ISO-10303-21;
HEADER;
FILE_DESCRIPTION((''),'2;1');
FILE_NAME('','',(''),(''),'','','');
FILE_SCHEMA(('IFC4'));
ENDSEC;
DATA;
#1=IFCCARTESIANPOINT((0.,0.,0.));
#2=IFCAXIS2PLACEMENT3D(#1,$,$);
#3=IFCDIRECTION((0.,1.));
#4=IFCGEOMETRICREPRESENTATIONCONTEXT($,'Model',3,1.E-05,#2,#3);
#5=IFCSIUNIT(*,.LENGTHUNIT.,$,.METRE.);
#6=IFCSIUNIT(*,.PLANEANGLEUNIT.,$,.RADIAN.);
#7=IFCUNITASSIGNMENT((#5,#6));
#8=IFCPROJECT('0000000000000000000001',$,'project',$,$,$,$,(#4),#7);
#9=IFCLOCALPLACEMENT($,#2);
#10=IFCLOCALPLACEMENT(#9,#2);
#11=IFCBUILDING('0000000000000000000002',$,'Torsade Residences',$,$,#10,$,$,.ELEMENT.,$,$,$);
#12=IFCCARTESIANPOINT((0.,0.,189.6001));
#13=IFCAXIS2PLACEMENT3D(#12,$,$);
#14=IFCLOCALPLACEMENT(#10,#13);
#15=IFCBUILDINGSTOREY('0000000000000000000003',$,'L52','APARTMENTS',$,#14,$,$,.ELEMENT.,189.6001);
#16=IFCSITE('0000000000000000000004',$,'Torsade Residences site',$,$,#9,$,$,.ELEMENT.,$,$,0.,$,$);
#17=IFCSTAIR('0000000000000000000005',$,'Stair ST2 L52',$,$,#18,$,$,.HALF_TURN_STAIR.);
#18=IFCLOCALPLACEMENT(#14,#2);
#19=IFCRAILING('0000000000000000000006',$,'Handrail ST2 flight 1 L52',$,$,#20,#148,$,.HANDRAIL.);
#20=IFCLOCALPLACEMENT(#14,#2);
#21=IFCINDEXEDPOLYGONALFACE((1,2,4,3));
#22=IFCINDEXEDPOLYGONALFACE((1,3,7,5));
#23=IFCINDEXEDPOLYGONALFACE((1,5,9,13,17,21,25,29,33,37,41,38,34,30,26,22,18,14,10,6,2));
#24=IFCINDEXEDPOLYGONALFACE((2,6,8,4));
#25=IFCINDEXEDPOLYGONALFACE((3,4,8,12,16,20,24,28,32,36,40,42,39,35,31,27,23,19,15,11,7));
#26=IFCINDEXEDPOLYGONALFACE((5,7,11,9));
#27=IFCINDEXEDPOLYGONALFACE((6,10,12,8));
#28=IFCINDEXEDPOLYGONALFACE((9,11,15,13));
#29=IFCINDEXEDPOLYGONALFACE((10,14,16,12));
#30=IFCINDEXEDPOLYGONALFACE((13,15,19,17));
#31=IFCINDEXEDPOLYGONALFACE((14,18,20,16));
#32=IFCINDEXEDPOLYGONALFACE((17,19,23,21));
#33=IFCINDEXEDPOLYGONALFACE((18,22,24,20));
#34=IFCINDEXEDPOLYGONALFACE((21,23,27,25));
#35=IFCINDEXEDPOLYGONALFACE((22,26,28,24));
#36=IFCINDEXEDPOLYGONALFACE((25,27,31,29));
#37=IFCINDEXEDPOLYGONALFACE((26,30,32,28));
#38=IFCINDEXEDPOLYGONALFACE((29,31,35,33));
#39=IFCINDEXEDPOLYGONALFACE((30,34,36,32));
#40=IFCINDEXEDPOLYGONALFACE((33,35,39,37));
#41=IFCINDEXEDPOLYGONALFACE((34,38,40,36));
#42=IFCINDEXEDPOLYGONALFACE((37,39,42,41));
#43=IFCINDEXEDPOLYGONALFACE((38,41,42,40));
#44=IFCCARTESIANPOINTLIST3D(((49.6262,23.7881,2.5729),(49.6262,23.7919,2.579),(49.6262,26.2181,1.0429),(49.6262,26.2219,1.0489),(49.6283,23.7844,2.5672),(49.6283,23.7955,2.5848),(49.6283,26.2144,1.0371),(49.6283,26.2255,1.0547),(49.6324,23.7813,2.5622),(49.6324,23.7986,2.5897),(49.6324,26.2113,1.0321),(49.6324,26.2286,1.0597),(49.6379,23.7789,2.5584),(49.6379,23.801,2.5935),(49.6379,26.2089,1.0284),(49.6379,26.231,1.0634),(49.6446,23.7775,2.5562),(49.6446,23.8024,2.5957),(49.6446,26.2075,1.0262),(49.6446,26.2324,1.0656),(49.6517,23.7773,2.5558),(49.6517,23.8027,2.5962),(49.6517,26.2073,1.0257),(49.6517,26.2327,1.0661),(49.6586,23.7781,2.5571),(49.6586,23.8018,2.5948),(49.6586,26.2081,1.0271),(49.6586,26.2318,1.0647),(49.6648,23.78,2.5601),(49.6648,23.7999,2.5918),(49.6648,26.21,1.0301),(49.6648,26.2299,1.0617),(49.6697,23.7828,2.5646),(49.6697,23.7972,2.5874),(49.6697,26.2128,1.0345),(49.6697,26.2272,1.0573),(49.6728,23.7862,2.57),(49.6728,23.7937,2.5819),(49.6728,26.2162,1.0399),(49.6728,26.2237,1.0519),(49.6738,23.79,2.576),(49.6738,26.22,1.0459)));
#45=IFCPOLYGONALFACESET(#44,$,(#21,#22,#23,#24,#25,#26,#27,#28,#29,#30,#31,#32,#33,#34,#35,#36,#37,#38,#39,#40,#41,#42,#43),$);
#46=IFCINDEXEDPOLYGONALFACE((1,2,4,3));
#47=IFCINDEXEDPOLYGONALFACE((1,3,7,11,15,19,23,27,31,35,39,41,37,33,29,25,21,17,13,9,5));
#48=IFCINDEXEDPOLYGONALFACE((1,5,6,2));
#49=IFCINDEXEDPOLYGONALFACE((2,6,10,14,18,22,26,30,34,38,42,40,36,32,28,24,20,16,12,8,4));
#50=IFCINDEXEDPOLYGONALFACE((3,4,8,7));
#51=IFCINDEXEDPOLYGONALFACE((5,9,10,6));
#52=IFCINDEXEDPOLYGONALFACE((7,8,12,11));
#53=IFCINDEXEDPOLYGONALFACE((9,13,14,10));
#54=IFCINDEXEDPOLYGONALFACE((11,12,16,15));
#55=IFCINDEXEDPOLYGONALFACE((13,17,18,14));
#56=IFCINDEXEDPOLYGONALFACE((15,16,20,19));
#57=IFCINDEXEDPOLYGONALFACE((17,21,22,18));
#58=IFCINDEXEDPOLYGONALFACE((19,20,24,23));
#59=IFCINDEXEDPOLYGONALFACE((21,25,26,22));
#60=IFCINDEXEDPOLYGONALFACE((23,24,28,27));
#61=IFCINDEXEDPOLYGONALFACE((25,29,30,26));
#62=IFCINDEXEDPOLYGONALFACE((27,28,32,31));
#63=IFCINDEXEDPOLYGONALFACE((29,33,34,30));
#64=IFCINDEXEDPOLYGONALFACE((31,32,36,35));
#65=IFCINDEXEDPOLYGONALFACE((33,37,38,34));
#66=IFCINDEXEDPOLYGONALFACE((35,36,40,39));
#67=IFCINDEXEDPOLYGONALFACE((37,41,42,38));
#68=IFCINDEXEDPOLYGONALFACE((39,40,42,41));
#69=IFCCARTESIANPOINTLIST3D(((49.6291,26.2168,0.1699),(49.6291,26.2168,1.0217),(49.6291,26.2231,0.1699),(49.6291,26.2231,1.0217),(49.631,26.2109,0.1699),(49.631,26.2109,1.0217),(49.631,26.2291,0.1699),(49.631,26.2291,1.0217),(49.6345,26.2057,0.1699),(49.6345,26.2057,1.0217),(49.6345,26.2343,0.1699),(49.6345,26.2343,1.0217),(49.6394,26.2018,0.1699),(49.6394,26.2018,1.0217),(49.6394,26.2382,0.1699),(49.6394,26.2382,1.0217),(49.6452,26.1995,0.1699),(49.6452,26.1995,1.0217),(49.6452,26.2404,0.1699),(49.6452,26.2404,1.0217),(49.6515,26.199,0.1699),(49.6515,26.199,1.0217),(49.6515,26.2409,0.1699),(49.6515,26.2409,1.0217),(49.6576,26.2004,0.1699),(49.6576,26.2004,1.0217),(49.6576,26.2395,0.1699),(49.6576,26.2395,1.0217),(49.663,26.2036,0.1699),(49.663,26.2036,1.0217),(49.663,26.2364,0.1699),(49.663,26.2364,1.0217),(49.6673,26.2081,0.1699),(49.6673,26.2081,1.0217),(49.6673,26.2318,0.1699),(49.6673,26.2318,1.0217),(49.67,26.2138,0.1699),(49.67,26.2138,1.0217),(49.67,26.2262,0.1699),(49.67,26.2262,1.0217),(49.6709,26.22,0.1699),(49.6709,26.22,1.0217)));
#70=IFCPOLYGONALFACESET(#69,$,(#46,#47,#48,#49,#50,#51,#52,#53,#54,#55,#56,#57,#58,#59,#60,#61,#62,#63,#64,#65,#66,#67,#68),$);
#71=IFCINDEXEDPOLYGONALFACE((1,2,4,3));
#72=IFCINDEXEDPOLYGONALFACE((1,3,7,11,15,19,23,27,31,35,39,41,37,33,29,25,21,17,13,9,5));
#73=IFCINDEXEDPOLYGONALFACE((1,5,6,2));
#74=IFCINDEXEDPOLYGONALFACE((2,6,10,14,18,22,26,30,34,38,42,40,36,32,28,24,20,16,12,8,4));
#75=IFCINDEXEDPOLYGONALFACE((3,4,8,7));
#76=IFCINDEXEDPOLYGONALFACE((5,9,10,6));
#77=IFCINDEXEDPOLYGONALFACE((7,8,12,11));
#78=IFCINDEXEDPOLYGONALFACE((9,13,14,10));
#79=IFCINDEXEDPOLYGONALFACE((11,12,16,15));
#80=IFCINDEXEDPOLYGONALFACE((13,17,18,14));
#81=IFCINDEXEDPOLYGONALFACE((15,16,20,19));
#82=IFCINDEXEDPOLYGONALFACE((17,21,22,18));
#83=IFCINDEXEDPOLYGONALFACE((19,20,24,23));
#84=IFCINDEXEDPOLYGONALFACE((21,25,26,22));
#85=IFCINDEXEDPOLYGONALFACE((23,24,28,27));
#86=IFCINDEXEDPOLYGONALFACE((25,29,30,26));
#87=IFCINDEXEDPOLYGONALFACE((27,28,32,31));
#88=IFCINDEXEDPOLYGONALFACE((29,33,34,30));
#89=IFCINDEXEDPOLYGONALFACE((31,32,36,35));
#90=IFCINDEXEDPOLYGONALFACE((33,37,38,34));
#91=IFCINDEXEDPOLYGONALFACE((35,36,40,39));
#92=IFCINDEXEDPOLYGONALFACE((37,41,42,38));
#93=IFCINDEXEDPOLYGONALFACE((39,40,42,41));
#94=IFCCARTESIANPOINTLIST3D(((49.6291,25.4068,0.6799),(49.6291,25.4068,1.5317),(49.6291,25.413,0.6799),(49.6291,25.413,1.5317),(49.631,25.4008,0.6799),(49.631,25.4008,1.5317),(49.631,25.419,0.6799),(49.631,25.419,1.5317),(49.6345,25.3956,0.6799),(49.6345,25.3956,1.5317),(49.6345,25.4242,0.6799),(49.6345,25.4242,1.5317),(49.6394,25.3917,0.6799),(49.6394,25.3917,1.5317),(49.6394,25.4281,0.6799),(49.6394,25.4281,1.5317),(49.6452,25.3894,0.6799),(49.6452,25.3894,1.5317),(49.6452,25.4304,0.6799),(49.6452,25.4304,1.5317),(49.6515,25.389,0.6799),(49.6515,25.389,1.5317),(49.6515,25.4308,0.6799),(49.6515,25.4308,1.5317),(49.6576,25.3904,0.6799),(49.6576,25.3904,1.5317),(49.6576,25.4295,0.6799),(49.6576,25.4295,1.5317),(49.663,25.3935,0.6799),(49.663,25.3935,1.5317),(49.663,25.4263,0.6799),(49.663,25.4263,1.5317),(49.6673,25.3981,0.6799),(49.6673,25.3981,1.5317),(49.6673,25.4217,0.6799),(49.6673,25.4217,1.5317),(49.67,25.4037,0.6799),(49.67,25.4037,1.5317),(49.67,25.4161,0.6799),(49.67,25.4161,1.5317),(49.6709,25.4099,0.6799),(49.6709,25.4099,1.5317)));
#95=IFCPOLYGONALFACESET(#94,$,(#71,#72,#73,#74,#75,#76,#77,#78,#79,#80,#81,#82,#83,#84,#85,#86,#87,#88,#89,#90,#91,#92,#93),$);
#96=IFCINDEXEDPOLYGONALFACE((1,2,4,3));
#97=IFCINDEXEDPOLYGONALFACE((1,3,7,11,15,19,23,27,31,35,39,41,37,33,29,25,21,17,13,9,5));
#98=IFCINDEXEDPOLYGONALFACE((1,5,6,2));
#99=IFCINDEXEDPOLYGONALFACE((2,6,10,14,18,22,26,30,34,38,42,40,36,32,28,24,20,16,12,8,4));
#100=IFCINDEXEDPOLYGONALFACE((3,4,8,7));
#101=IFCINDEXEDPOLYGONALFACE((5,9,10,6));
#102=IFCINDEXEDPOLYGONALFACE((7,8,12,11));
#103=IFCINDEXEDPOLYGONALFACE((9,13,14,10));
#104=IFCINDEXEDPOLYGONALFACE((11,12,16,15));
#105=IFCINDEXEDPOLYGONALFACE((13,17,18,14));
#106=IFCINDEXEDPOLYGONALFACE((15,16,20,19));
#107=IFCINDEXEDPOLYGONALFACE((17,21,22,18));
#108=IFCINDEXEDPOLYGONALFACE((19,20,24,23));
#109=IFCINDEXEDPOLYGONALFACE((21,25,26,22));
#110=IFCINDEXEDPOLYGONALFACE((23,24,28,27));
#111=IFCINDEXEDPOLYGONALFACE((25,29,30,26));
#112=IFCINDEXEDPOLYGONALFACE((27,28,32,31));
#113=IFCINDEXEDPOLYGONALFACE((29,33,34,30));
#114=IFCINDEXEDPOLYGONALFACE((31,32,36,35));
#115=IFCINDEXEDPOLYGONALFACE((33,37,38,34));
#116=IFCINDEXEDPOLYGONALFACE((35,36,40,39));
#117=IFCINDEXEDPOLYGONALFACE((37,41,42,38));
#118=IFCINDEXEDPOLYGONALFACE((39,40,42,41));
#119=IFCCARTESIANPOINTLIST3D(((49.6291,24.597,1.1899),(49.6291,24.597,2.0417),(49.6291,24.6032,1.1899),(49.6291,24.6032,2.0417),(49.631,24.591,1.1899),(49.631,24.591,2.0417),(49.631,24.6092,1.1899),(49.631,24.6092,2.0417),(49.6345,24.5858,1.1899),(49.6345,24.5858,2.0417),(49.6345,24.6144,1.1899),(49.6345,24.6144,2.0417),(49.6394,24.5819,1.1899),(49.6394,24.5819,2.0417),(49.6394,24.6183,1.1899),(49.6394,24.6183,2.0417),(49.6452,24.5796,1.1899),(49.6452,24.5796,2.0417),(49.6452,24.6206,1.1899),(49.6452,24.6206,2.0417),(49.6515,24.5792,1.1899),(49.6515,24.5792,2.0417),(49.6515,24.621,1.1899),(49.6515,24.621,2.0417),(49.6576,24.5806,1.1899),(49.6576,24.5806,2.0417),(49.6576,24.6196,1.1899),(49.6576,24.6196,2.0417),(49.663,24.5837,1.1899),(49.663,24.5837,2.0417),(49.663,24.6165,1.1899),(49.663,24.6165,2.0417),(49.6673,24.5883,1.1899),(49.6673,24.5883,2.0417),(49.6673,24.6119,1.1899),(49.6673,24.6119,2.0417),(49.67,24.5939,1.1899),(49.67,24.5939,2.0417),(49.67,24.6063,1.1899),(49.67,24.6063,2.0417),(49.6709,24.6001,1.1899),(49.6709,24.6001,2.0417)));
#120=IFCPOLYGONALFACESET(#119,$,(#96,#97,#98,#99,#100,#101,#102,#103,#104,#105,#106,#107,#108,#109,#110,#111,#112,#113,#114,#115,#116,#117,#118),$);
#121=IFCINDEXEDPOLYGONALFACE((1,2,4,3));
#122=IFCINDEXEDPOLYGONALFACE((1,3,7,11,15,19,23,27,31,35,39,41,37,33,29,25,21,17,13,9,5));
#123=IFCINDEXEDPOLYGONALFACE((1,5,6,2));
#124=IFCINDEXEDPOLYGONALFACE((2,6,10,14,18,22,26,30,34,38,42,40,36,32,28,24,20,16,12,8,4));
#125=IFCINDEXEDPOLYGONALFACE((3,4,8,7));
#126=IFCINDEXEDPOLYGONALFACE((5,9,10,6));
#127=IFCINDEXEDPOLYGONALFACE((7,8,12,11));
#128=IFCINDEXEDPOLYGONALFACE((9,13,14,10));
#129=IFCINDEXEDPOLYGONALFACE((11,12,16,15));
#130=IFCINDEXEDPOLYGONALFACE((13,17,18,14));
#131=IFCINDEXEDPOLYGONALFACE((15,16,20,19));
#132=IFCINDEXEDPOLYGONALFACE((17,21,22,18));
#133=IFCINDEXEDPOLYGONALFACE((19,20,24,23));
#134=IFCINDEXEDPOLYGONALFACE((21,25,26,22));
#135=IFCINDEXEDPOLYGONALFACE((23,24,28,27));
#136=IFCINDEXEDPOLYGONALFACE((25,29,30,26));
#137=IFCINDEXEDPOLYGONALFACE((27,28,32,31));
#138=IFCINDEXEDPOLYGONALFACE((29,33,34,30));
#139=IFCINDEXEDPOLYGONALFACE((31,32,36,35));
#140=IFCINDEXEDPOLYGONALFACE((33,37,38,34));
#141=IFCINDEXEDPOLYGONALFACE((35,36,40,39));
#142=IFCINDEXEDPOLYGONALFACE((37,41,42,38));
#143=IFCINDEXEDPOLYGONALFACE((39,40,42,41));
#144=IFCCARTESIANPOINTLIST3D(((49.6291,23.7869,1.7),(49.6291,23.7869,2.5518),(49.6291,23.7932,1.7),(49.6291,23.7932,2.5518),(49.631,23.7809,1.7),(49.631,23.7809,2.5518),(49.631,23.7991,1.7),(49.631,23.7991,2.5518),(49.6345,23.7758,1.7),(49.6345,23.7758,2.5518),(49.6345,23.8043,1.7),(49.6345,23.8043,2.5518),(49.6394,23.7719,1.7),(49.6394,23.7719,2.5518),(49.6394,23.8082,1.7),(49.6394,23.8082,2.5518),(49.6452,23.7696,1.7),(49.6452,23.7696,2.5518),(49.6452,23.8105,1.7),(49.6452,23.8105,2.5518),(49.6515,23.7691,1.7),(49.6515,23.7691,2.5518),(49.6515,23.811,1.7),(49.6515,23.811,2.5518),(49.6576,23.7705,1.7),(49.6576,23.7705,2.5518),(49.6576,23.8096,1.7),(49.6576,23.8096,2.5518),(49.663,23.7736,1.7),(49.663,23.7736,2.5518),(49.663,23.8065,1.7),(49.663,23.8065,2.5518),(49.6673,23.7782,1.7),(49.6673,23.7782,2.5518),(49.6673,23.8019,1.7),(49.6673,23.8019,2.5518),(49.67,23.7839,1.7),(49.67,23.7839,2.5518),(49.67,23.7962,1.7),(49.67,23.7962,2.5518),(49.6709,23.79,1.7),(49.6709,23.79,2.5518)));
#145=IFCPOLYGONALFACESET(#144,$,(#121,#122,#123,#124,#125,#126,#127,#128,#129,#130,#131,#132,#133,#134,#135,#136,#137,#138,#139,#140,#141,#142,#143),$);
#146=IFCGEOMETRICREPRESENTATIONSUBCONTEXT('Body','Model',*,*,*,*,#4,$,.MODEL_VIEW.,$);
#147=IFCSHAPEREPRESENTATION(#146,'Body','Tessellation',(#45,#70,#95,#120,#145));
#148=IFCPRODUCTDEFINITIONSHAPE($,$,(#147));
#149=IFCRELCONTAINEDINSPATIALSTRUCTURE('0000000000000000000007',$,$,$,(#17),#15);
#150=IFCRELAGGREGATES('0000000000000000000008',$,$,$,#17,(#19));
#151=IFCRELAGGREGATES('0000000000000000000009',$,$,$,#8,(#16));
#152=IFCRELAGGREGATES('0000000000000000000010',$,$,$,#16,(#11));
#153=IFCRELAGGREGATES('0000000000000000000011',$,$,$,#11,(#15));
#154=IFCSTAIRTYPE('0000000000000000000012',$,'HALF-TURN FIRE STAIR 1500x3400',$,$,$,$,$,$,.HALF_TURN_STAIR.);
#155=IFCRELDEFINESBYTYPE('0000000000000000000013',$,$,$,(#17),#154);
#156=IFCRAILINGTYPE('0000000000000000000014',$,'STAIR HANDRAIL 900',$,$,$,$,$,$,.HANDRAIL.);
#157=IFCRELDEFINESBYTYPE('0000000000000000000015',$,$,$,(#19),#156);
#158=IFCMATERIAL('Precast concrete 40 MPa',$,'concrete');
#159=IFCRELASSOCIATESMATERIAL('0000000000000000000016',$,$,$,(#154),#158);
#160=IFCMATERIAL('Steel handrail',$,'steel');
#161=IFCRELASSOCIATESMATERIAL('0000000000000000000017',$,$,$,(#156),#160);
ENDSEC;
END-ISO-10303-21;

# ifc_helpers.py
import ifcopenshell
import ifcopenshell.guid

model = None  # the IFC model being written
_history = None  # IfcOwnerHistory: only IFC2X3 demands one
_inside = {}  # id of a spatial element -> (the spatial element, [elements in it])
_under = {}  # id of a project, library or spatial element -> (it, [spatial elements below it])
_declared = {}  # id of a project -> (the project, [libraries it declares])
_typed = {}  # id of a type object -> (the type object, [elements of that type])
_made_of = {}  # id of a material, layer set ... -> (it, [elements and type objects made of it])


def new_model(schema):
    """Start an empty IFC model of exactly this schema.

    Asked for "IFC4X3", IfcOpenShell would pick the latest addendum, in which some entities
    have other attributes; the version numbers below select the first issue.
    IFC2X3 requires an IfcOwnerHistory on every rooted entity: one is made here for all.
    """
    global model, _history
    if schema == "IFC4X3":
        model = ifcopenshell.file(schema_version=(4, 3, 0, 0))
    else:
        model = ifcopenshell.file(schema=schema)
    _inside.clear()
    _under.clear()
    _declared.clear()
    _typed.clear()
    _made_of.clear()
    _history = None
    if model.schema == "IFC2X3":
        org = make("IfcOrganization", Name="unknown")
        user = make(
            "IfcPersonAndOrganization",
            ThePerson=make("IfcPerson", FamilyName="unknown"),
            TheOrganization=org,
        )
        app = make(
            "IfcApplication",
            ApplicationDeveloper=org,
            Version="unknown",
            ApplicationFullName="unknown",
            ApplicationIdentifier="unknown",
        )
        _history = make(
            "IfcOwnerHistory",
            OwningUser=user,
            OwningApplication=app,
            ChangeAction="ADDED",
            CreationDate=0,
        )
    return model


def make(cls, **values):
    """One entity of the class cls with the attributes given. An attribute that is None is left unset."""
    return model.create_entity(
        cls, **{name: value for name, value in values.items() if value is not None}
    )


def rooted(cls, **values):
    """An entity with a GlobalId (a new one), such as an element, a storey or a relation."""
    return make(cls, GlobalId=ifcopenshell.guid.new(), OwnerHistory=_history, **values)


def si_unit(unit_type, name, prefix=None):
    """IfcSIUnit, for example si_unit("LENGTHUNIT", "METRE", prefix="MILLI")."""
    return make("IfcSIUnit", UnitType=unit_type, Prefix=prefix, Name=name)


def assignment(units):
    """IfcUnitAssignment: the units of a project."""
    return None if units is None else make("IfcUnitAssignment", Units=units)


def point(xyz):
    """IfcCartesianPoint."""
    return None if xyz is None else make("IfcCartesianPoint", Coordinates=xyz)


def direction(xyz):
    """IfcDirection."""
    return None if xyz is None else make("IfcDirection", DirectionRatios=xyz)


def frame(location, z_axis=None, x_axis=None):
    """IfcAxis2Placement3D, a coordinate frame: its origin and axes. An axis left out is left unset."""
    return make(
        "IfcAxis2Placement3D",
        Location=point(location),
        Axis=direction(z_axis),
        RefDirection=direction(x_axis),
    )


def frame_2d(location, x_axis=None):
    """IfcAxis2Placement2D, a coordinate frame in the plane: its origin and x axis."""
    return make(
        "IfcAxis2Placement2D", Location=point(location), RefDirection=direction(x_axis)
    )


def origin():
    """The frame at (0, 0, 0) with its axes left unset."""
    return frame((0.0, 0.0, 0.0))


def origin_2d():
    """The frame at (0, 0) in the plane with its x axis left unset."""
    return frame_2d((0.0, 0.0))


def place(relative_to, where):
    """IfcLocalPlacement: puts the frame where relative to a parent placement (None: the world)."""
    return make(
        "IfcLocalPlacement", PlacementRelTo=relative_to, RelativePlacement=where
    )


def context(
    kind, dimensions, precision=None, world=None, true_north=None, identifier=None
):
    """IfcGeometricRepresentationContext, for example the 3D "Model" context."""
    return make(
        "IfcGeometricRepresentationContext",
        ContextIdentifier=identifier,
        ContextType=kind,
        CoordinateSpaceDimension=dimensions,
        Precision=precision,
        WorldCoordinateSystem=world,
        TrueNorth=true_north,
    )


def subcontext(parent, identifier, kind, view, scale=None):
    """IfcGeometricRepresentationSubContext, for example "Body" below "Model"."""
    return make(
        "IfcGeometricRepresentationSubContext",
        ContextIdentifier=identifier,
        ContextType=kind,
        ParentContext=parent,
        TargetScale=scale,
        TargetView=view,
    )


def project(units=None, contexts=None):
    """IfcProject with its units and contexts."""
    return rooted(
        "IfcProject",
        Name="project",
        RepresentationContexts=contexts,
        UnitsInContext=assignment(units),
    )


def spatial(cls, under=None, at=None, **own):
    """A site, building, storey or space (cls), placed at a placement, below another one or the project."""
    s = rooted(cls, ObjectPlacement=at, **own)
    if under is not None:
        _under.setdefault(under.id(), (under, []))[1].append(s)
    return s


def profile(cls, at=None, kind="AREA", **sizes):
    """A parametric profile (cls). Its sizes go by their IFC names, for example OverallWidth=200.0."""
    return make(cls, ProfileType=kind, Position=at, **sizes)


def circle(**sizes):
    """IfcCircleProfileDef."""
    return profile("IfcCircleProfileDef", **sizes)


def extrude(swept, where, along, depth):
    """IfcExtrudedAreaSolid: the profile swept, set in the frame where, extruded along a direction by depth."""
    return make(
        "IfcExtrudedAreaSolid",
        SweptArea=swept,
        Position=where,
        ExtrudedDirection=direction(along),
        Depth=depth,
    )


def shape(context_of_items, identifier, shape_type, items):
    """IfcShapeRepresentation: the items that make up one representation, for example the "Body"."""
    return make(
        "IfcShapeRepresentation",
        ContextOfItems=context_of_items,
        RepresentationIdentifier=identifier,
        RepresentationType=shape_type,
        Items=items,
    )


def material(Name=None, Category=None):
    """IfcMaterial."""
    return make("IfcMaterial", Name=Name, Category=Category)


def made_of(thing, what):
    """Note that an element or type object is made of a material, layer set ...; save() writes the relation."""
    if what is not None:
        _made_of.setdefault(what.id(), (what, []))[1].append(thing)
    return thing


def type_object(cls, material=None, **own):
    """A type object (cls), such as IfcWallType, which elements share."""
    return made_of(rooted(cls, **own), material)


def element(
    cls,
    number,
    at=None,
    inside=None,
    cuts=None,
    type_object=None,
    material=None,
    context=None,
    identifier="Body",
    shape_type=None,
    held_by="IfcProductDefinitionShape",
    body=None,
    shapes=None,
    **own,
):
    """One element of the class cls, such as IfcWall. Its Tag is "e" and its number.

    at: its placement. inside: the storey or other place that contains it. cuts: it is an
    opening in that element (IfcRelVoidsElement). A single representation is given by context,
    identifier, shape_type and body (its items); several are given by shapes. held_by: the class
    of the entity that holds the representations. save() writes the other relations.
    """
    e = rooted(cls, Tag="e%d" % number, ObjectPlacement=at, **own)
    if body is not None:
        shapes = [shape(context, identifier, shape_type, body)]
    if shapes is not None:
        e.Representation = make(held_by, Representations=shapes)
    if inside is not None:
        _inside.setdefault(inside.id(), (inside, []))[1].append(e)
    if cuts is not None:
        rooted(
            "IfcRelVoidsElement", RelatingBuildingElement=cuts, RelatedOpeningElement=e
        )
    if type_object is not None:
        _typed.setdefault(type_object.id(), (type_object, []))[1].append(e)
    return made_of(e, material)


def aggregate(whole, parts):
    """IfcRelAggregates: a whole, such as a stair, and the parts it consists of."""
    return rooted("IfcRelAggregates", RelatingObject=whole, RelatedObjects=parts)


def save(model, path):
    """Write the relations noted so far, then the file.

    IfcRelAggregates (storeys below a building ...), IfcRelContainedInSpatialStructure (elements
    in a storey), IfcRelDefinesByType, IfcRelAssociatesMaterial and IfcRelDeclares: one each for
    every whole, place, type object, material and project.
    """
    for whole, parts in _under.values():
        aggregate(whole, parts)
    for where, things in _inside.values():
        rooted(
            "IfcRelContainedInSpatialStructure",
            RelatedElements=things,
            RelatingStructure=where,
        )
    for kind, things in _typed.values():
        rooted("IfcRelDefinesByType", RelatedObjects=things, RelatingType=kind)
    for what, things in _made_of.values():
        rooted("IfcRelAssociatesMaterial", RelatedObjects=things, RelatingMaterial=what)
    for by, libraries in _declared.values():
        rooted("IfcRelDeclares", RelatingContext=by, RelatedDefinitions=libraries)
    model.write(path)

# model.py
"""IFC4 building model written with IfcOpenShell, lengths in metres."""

from ifc_helpers import new_model, si_unit, direction, frame, origin, origin_2d, place, context, subcontext, project, spatial, circle, extrude, material, type_object, element, aggregate, save


model = new_model("IFC4")

# Units and contexts
model_context = context("Model", 3, precision=1e-05, world=origin(), true_north=direction((0.0, 1.0)))
body_context = subcontext(model_context, "Body", "Model", "MODEL_VIEW")
ifc_project = project(units=[si_unit("LENGTHUNIT", "METRE"), si_unit("PLANEANGLEUNIT", "RADIAN")], contexts=[model_context])

# Site, building, storey
site_placement = place(None, origin())
site = spatial("IfcSite", under=ifc_project, at=site_placement, Name="Torsade Residences site", CompositionType="ELEMENT", RefElevation=0.0)
building_placement = place(site_placement, origin())
building = spatial("IfcBuilding", under=site, at=building_placement, Name="Torsade Residences", CompositionType="ELEMENT")
storey_placement = place(building_placement, frame((0.0, 0.0, 189.6001)))
storey = spatial("IfcBuildingStorey", under=building, at=storey_placement, Name="L52", Description="APARTMENTS", CompositionType="ELEMENT", Elevation=189.6001)

# Stair, railing
ifc_material_1 = material(Name="Precast concrete 40 MPa", Category="concrete")
stair_type = type_object("IfcStairType", Name="HALF-TURN FIRE STAIR 1500x3400", PredefinedType="HALF_TURN_STAIR", material=ifc_material_1)
stair_placement = place(storey_placement, origin())
stair = element("IfcStair", 1, at=stair_placement, inside=storey, type_object=stair_type, Name="Stair ST2 L52", PredefinedType="HALF_TURN_STAIR")
ifc_material_2 = material(Name="Steel handrail", Category="steel")
railing_type = type_object("IfcRailingType", Name="STAIR HANDRAIL 900", PredefinedType="HANDRAIL", material=ifc_material_2)
railing_1_placement = place(storey_placement, frame((49.6499, 26.22, 0.1699)))
railing_1 = element("IfcRailing", 2, at=railing_1_placement, type_object=railing_type, Name="Handrail ST2 flight 1 L52", PredefinedType="HANDRAIL", context=body_context, shape_type="SweptSolid", body=[
    extrude(circle(Radius=0.0239, at=origin_2d()), frame((0.0, 0.0, 0.876), z_axis=(0.0, -0.846221, 0.532831), x_axis=(1.0, 0.0, 0.0)), (0.0, 0.0, 1.0), 2.8716),
    extrude(circle(Radius=0.021, at=origin_2d()), origin(), (0.0, 0.0, 1.0), 0.8518),
    extrude(circle(Radius=0.021, at=origin_2d()), frame((0.0, -0.8101, 0.51)), (0.0, 0.0, 1.0), 0.8518),
    extrude(circle(Radius=0.021, at=origin_2d()), frame((0.0, -1.6199, 1.02)), (0.0, 0.0, 1.0), 0.8518),
    extrude(circle(Radius=0.021, at=origin_2d()), frame((0.0, -2.4299, 1.53)), (0.0, 0.0, 1.0), 0.8518),
])
aggregate(stair, [railing_1])

save(model, "model.ifc")
